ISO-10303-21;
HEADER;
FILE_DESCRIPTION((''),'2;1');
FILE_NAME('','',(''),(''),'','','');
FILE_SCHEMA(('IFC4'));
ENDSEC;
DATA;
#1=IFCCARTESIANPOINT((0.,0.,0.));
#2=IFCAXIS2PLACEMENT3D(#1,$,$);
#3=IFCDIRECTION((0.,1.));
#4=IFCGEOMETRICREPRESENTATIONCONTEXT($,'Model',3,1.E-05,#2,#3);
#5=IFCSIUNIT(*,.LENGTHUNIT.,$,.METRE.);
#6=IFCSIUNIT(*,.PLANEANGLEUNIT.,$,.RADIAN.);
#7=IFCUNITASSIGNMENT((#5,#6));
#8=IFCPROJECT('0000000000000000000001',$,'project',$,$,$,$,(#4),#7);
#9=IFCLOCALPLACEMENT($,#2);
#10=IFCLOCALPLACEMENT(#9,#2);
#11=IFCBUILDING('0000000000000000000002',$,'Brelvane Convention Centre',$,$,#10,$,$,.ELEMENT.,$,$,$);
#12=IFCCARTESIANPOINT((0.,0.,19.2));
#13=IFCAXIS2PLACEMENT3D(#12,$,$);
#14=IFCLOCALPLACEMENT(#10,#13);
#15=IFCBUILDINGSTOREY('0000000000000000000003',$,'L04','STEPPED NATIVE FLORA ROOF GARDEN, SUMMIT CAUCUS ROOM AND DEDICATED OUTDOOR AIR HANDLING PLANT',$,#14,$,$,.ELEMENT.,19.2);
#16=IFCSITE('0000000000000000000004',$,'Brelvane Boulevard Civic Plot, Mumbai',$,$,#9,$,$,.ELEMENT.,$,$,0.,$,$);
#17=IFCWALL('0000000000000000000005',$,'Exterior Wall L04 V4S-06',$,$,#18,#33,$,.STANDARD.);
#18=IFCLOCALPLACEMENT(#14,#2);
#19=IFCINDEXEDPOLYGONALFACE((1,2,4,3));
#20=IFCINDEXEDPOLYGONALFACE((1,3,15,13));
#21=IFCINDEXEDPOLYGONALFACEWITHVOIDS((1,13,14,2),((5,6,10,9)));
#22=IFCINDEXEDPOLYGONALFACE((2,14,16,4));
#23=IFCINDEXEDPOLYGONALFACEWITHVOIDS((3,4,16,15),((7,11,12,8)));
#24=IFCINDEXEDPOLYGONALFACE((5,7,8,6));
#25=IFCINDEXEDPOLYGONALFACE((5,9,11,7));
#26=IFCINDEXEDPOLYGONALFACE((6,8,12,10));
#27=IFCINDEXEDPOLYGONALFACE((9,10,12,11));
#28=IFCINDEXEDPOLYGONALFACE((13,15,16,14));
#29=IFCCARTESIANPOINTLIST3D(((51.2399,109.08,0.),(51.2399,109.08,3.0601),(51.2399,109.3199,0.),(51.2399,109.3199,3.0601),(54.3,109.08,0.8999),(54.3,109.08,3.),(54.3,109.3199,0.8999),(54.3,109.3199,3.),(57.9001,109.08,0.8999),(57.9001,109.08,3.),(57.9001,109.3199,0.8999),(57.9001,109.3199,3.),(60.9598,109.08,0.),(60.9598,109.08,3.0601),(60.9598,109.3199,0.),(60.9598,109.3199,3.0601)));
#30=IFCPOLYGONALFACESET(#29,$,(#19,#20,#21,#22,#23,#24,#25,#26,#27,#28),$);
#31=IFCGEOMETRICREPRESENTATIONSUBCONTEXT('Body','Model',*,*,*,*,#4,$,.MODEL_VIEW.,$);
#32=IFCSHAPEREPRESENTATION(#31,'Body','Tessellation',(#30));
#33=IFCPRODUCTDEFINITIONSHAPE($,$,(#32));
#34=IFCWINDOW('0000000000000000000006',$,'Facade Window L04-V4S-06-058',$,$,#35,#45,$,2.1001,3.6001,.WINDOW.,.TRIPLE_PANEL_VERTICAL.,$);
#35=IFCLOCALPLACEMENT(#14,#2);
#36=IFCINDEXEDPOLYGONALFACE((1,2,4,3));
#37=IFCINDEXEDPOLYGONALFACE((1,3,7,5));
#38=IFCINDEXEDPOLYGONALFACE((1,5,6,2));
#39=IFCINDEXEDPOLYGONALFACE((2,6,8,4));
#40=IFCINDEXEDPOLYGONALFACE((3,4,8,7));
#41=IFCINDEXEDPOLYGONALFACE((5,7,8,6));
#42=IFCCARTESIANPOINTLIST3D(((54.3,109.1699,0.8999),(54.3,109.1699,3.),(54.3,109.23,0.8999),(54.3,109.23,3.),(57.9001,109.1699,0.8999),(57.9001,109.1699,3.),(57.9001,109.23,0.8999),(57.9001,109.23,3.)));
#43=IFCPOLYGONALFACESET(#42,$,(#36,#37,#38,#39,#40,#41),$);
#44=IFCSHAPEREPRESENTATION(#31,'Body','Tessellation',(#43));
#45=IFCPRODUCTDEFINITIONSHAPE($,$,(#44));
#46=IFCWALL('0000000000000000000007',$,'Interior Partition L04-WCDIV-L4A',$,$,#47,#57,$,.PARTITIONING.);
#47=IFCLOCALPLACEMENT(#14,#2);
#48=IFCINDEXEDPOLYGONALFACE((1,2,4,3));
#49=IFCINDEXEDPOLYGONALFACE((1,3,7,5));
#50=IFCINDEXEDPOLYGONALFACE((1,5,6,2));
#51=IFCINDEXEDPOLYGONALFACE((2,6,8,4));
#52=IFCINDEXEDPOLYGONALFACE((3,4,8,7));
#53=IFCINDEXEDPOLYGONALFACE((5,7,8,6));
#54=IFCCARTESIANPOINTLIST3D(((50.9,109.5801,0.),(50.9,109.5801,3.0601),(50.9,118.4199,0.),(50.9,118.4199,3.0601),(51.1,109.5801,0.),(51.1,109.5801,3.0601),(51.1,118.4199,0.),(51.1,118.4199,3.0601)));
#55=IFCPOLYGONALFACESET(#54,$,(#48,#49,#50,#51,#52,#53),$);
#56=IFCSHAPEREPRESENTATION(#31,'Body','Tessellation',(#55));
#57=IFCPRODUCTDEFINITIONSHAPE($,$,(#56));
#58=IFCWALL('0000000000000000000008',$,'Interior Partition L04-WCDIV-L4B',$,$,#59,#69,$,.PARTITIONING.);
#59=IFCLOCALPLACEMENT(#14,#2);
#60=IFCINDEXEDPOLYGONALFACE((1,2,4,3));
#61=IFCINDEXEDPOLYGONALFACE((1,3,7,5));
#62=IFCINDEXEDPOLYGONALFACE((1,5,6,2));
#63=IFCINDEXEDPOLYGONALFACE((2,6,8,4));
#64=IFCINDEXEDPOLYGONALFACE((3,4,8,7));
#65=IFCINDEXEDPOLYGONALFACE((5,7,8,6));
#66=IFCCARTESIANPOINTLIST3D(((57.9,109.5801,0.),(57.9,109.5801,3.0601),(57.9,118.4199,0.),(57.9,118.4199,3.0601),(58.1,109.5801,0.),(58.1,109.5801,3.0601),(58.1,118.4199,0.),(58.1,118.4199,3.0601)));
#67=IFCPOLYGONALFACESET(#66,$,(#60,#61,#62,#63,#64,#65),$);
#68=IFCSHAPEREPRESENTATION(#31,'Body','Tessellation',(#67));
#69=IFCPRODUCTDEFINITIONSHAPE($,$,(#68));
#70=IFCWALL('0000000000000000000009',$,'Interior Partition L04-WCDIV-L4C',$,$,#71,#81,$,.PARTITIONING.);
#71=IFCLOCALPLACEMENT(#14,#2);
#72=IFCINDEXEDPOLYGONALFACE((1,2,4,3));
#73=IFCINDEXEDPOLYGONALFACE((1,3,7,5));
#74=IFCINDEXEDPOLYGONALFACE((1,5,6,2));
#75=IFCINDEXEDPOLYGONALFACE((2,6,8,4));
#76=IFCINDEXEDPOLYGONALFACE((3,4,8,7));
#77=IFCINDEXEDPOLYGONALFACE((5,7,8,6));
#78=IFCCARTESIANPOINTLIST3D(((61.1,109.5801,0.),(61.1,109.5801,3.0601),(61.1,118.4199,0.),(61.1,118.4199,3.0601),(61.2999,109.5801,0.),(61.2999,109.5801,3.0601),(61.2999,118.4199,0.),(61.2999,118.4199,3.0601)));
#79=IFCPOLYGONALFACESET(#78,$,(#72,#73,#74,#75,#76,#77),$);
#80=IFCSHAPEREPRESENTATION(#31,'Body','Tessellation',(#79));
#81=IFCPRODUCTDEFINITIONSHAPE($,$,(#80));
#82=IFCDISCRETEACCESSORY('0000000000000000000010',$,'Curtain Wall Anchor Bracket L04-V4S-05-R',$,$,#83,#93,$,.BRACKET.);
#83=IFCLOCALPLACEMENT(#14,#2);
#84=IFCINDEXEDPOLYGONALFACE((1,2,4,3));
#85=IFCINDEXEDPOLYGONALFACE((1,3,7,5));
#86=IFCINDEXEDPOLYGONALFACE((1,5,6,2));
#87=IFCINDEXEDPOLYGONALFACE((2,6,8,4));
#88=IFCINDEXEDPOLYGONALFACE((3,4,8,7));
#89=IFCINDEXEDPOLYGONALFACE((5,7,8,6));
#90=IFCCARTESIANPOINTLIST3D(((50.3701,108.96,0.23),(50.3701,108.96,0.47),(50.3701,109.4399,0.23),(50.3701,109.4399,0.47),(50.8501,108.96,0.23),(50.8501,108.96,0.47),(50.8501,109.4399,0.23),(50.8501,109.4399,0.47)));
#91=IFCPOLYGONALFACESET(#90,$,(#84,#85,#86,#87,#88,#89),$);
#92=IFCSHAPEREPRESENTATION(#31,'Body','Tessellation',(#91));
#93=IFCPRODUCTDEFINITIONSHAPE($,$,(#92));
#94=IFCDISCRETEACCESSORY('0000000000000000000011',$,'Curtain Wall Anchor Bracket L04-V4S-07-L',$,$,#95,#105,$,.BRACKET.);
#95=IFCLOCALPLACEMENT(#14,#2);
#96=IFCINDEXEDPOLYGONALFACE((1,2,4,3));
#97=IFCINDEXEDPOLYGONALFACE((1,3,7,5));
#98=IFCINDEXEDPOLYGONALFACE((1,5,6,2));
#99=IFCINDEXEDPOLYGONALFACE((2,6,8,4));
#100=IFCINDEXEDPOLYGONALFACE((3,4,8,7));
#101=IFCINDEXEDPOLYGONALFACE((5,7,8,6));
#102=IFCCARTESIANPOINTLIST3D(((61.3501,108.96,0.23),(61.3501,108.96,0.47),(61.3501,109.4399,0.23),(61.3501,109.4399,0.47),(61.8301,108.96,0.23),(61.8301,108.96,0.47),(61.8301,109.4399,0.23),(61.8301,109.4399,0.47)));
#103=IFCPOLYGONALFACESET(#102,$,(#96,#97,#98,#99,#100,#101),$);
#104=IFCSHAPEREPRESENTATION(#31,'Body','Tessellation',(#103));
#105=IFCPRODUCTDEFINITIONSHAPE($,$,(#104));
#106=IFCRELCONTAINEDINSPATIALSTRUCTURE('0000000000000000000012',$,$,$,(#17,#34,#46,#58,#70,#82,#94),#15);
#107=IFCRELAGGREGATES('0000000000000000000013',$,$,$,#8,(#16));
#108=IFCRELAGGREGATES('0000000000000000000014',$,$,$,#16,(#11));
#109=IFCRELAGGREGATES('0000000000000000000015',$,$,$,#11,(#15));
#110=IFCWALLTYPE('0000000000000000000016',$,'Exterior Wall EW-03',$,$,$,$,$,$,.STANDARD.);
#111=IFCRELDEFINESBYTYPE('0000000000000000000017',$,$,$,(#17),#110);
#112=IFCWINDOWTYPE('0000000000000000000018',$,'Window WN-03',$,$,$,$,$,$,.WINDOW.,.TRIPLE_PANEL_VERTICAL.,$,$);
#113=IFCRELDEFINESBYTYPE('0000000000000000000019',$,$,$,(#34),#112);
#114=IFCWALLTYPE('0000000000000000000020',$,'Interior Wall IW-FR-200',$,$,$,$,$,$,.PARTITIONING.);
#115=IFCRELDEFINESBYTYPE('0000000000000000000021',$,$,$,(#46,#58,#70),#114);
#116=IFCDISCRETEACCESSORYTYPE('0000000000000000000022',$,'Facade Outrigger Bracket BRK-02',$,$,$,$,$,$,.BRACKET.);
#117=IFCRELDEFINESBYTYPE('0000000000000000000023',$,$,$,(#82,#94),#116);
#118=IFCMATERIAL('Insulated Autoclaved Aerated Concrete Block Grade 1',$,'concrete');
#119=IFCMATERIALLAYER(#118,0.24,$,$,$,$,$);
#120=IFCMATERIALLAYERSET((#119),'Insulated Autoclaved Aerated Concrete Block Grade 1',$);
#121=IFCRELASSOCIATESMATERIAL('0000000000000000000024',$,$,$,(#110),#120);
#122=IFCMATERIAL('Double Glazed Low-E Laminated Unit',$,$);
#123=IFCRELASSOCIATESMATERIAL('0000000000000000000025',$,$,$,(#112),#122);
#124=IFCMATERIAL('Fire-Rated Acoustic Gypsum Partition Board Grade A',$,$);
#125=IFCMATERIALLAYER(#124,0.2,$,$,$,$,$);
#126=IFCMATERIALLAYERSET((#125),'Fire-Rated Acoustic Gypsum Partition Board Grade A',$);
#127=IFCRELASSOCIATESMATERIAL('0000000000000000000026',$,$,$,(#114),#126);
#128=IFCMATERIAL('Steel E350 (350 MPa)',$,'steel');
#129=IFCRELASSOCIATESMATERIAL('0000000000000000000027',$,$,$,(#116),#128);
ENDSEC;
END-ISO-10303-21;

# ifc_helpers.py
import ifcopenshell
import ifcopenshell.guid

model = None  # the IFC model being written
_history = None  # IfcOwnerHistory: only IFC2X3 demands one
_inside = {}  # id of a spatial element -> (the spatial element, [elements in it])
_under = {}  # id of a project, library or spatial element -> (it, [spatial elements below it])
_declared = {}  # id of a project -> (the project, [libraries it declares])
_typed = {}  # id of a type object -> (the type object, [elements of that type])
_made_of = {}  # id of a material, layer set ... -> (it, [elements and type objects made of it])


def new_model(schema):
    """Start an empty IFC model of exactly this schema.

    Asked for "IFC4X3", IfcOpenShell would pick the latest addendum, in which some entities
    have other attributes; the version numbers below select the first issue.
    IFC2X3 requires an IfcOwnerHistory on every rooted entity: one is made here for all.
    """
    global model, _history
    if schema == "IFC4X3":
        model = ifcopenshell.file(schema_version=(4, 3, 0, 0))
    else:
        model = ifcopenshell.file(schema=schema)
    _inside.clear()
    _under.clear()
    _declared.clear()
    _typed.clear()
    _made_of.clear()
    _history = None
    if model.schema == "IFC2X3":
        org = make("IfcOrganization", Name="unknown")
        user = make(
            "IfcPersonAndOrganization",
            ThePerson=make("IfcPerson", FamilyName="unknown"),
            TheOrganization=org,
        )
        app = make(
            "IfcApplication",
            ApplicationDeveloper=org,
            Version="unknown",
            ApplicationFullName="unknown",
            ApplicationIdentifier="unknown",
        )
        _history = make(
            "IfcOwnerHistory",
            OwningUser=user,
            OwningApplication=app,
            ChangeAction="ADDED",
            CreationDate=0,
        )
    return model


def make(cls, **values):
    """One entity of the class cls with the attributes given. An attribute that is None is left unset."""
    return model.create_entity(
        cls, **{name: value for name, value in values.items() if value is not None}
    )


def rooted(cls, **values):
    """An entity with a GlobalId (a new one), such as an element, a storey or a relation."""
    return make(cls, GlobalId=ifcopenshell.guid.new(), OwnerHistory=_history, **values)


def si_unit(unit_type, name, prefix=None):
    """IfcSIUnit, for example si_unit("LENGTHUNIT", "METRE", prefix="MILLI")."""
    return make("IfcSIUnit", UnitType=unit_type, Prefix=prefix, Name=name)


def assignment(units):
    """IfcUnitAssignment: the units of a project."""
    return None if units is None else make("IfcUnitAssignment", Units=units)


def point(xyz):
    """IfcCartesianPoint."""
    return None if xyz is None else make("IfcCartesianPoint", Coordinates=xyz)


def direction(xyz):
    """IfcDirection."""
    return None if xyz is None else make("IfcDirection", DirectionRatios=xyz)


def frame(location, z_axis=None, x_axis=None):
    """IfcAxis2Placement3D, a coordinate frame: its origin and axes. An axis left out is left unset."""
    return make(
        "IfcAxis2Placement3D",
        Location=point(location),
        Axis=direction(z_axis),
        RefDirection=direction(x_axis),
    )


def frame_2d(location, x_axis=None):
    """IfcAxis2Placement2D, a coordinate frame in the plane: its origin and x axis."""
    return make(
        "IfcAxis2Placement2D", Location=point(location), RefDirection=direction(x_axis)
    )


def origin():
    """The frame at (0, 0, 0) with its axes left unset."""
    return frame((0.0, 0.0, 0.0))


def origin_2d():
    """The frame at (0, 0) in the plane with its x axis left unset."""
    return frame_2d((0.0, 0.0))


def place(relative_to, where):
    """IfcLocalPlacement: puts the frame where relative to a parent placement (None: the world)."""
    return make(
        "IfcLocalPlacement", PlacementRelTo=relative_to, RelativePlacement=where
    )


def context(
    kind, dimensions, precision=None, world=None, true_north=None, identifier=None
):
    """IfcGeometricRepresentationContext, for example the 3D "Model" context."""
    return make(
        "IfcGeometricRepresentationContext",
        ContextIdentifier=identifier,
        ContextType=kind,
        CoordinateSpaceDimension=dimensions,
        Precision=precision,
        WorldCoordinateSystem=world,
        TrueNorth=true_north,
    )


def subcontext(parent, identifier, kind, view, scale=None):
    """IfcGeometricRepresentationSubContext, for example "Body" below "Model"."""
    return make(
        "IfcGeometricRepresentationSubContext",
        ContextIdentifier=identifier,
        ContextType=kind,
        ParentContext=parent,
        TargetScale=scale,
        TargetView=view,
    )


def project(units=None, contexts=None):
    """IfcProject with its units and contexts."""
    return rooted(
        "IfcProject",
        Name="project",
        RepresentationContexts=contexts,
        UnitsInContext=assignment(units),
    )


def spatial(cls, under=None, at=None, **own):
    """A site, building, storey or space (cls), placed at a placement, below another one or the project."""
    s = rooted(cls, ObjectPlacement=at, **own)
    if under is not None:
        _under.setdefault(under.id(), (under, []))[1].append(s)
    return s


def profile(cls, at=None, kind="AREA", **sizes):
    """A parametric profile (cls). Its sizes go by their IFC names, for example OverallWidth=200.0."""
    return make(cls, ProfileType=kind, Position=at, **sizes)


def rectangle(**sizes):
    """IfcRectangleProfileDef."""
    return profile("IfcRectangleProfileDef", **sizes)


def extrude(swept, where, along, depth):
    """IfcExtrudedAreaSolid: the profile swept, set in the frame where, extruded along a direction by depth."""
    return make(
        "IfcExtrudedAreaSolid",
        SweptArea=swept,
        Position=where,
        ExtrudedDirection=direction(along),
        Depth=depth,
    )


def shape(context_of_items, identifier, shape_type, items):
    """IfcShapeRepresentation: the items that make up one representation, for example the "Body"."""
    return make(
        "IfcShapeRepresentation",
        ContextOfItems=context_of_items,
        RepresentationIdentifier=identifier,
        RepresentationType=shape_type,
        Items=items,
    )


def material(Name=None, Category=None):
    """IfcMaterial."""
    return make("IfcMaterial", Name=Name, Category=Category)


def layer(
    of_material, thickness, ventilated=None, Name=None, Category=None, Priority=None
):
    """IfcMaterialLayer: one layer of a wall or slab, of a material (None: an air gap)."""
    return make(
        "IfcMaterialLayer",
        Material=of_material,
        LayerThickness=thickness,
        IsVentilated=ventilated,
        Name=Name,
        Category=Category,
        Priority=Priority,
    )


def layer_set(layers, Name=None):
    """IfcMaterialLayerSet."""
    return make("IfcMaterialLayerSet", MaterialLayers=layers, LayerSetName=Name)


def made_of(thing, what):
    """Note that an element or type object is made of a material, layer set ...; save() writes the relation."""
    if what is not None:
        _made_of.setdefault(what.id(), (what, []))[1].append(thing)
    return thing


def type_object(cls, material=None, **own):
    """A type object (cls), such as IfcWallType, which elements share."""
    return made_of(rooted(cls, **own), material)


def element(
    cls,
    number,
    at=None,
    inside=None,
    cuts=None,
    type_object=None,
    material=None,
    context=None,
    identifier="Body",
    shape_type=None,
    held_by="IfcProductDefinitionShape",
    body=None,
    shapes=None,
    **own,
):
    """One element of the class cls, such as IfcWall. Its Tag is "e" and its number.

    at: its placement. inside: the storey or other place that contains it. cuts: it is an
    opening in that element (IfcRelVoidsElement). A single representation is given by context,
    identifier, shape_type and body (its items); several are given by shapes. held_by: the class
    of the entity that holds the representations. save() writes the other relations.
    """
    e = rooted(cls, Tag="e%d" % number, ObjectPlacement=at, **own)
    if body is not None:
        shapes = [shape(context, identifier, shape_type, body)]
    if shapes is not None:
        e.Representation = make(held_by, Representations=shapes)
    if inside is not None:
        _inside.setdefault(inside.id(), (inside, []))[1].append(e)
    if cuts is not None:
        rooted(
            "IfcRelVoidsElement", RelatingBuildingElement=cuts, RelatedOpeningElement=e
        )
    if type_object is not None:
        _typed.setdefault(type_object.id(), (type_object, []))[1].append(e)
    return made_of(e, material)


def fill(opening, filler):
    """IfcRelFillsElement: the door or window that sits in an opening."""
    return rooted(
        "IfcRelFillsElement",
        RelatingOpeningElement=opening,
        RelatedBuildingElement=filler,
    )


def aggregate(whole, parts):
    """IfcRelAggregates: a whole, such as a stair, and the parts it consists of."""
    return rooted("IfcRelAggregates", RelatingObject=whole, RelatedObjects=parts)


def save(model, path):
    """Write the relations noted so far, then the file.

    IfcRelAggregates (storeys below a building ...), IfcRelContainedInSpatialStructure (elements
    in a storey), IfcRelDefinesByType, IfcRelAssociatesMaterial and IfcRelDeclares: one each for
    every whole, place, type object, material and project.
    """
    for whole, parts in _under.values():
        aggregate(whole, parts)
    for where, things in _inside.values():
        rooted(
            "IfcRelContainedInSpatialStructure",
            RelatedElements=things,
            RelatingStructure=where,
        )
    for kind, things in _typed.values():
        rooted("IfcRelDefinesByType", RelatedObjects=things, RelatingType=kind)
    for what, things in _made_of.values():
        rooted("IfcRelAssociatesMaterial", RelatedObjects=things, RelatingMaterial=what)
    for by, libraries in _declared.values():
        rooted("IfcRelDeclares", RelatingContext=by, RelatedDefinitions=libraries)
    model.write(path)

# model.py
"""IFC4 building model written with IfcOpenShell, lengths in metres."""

from ifc_helpers import new_model, si_unit, direction, frame, frame_2d, origin, origin_2d, place, context, subcontext, project, spatial, rectangle, extrude, material, layer, layer_set, type_object, element, fill, save


model = new_model("IFC4")

# Units and contexts
model_context = context("Model", 3, precision=1e-05, world=origin(), true_north=direction((0.0, 1.0)))
body_context = subcontext(model_context, "Body", "Model", "MODEL_VIEW")
ifc_project = project(units=[si_unit("LENGTHUNIT", "METRE"), si_unit("PLANEANGLEUNIT", "RADIAN")], contexts=[model_context])

# Site, building, storey
site_placement = place(None, origin())
site = spatial("IfcSite", under=ifc_project, at=site_placement, Name="Brelvane Boulevard Civic Plot, Mumbai", CompositionType="ELEMENT", RefElevation=0.0)
building_placement = place(site_placement, origin())
building = spatial("IfcBuilding", under=site, at=building_placement, Name="Brelvane Convention Centre", CompositionType="ELEMENT")
storey_placement = place(building_placement, frame((0.0, 0.0, 19.2)))
storey = spatial("IfcBuildingStorey", under=building, at=storey_placement, Name="L04", Description="STEPPED NATIVE FLORA ROOF GARDEN, SUMMIT CAUCUS ROOM AND DEDICATED OUTDOOR AIR HANDLING PLANT", CompositionType="ELEMENT", Elevation=19.2)

# Wall, opening, window
ifc_material_1 = material(Name="Insulated Autoclaved Aerated Concrete Block Grade 1", Category="concrete")
ifc_layer_1 = layer(ifc_material_1, 0.24)
ifc_layer_set_1 = layer_set([ifc_layer_1], Name="Insulated Autoclaved Aerated Concrete Block Grade 1")
wall_type_1 = type_object("IfcWallType", Name="Exterior Wall EW-03", PredefinedType="STANDARD", material=ifc_layer_set_1)
wall_placement = place(storey_placement, frame((51.24, 109.2, 0.0), z_axis=(0.0, 0.0, 1.0), x_axis=(1.0, 0.0, 0.0)))
wall = element("IfcWall", 1, at=wall_placement, inside=storey, type_object=wall_type_1, Name="Exterior Wall L04 V4S-06", PredefinedType="STANDARD", context=body_context, shape_type="SweptSolid", body=[
    extrude(rectangle(XDim=9.72, YDim=0.24, at=frame_2d((4.8599, 0.0))), origin(), (0.0, 0.0, 1.0), 3.0601),
])
opening_placement = place(wall_placement, frame((3.0601, 0.0, 0.8999)))
opening = element("IfcOpeningElement", 2, at=opening_placement, cuts=wall, PredefinedType="OPENING", context=body_context, shape_type="SweptSolid", body=[
    extrude(rectangle(XDim=3.6001, YDim=2.1001, at=frame_2d((1.8, 1.05))), frame((0.0, 0.1299, 0.0), z_axis=(0.0, -1.0, 0.0), x_axis=(1.0, 0.0, 0.0)), (0.0, 0.0, 1.0), 0.26),
])
ifc_material_2 = material(Name="Double Glazed Low-E Laminated Unit")
window_type = type_object("IfcWindowType", Name="Window WN-03", PartitioningType="TRIPLE_PANEL_VERTICAL", PredefinedType="WINDOW", material=ifc_material_2)
window_placement = place(opening_placement, origin())
window = element("IfcWindow", 3, at=window_placement, inside=storey, type_object=window_type, Name="Facade Window L04-V4S-06-058", OverallHeight=2.1001, OverallWidth=3.6001, PartitioningType="TRIPLE_PANEL_VERTICAL", PredefinedType="WINDOW", context=body_context, shape_type="SweptSolid", body=[
    extrude(rectangle(XDim=3.6001, YDim=2.1001, at=frame_2d((1.8, 1.05))), frame((0.0, 0.03, 0.0), z_axis=(0.0, -1.0, 0.0), x_axis=(1.0, 0.0, 0.0)), (0.0, 0.0, 1.0), 0.0601),
])
fill(opening, window)

# Walls
ifc_material_3 = material(Name="Fire-Rated Acoustic Gypsum Partition Board Grade A")
ifc_layer_2 = layer(ifc_material_3, 0.2)
ifc_layer_set_2 = layer_set([ifc_layer_2], Name="Fire-Rated Acoustic Gypsum Partition Board Grade A")
wall_type_2 = type_object("IfcWallType", Name="Interior Wall IW-FR-200", PredefinedType="PARTITIONING", material=ifc_layer_set_2)
for number, where, z_axis, x_axis, name in (
    (4, (51.0, 109.5801, 0.0), (0.0, 0.0, 1.0), (0.0, 1.0, 0.0), "Interior Partition L04-WCDIV-L4A"),
    (5, (58.0, 109.5801, 0.0), (0.0, 0.0, 1.0), (0.0, 1.0, 0.0), "Interior Partition L04-WCDIV-L4B"),
    (6, (61.2, 109.5801, 0.0), (0.0, 0.0, 1.0), (0.0, 1.0, 0.0), "Interior Partition L04-WCDIV-L4C"),
):
    element("IfcWall", number, at=place(storey_placement, frame(where, z_axis=z_axis, x_axis=x_axis)), inside=storey, type_object=wall_type_2, Name=name, PredefinedType="PARTITIONING", context=body_context, shape_type="SweptSolid", body=[
        extrude(rectangle(XDim=8.8398, YDim=0.2, at=frame_2d((4.4199, 0.0))), origin(), (0.0, 0.0, 1.0), 3.0601),
    ])

# Discrete accessories
ifc_material_4 = material(Name="Steel E350 (350 MPa)", Category="steel")
discrete_accessory_type = type_object("IfcDiscreteAccessoryType", Name="Facade Outrigger Bracket BRK-02", PredefinedType="BRACKET", material=ifc_material_4)
for number, where, z_axis, x_axis, name in (
    (7, (50.6101, 109.2, 0.23), (0.0, 0.0, 1.0), (1.0, 0.0, 0.0), "Curtain Wall Anchor Bracket L04-V4S-05-R"),
    (8, (61.5901, 109.2, 0.23), (0.0, 0.0, 1.0), (1.0, 0.0, 0.0), "Curtain Wall Anchor Bracket L04-V4S-07-L"),
):
    element("IfcDiscreteAccessory", number, at=place(storey_placement, frame(where, z_axis=z_axis, x_axis=x_axis)), inside=storey, type_object=discrete_accessory_type, Name=name, PredefinedType="BRACKET", context=body_context, shape_type="SweptSolid", body=[
        extrude(rectangle(XDim=0.48, YDim=0.48, at=origin_2d()), origin(), (0.0, 0.0, 1.0), 0.24),
    ])

save(model, "model.ifc")
